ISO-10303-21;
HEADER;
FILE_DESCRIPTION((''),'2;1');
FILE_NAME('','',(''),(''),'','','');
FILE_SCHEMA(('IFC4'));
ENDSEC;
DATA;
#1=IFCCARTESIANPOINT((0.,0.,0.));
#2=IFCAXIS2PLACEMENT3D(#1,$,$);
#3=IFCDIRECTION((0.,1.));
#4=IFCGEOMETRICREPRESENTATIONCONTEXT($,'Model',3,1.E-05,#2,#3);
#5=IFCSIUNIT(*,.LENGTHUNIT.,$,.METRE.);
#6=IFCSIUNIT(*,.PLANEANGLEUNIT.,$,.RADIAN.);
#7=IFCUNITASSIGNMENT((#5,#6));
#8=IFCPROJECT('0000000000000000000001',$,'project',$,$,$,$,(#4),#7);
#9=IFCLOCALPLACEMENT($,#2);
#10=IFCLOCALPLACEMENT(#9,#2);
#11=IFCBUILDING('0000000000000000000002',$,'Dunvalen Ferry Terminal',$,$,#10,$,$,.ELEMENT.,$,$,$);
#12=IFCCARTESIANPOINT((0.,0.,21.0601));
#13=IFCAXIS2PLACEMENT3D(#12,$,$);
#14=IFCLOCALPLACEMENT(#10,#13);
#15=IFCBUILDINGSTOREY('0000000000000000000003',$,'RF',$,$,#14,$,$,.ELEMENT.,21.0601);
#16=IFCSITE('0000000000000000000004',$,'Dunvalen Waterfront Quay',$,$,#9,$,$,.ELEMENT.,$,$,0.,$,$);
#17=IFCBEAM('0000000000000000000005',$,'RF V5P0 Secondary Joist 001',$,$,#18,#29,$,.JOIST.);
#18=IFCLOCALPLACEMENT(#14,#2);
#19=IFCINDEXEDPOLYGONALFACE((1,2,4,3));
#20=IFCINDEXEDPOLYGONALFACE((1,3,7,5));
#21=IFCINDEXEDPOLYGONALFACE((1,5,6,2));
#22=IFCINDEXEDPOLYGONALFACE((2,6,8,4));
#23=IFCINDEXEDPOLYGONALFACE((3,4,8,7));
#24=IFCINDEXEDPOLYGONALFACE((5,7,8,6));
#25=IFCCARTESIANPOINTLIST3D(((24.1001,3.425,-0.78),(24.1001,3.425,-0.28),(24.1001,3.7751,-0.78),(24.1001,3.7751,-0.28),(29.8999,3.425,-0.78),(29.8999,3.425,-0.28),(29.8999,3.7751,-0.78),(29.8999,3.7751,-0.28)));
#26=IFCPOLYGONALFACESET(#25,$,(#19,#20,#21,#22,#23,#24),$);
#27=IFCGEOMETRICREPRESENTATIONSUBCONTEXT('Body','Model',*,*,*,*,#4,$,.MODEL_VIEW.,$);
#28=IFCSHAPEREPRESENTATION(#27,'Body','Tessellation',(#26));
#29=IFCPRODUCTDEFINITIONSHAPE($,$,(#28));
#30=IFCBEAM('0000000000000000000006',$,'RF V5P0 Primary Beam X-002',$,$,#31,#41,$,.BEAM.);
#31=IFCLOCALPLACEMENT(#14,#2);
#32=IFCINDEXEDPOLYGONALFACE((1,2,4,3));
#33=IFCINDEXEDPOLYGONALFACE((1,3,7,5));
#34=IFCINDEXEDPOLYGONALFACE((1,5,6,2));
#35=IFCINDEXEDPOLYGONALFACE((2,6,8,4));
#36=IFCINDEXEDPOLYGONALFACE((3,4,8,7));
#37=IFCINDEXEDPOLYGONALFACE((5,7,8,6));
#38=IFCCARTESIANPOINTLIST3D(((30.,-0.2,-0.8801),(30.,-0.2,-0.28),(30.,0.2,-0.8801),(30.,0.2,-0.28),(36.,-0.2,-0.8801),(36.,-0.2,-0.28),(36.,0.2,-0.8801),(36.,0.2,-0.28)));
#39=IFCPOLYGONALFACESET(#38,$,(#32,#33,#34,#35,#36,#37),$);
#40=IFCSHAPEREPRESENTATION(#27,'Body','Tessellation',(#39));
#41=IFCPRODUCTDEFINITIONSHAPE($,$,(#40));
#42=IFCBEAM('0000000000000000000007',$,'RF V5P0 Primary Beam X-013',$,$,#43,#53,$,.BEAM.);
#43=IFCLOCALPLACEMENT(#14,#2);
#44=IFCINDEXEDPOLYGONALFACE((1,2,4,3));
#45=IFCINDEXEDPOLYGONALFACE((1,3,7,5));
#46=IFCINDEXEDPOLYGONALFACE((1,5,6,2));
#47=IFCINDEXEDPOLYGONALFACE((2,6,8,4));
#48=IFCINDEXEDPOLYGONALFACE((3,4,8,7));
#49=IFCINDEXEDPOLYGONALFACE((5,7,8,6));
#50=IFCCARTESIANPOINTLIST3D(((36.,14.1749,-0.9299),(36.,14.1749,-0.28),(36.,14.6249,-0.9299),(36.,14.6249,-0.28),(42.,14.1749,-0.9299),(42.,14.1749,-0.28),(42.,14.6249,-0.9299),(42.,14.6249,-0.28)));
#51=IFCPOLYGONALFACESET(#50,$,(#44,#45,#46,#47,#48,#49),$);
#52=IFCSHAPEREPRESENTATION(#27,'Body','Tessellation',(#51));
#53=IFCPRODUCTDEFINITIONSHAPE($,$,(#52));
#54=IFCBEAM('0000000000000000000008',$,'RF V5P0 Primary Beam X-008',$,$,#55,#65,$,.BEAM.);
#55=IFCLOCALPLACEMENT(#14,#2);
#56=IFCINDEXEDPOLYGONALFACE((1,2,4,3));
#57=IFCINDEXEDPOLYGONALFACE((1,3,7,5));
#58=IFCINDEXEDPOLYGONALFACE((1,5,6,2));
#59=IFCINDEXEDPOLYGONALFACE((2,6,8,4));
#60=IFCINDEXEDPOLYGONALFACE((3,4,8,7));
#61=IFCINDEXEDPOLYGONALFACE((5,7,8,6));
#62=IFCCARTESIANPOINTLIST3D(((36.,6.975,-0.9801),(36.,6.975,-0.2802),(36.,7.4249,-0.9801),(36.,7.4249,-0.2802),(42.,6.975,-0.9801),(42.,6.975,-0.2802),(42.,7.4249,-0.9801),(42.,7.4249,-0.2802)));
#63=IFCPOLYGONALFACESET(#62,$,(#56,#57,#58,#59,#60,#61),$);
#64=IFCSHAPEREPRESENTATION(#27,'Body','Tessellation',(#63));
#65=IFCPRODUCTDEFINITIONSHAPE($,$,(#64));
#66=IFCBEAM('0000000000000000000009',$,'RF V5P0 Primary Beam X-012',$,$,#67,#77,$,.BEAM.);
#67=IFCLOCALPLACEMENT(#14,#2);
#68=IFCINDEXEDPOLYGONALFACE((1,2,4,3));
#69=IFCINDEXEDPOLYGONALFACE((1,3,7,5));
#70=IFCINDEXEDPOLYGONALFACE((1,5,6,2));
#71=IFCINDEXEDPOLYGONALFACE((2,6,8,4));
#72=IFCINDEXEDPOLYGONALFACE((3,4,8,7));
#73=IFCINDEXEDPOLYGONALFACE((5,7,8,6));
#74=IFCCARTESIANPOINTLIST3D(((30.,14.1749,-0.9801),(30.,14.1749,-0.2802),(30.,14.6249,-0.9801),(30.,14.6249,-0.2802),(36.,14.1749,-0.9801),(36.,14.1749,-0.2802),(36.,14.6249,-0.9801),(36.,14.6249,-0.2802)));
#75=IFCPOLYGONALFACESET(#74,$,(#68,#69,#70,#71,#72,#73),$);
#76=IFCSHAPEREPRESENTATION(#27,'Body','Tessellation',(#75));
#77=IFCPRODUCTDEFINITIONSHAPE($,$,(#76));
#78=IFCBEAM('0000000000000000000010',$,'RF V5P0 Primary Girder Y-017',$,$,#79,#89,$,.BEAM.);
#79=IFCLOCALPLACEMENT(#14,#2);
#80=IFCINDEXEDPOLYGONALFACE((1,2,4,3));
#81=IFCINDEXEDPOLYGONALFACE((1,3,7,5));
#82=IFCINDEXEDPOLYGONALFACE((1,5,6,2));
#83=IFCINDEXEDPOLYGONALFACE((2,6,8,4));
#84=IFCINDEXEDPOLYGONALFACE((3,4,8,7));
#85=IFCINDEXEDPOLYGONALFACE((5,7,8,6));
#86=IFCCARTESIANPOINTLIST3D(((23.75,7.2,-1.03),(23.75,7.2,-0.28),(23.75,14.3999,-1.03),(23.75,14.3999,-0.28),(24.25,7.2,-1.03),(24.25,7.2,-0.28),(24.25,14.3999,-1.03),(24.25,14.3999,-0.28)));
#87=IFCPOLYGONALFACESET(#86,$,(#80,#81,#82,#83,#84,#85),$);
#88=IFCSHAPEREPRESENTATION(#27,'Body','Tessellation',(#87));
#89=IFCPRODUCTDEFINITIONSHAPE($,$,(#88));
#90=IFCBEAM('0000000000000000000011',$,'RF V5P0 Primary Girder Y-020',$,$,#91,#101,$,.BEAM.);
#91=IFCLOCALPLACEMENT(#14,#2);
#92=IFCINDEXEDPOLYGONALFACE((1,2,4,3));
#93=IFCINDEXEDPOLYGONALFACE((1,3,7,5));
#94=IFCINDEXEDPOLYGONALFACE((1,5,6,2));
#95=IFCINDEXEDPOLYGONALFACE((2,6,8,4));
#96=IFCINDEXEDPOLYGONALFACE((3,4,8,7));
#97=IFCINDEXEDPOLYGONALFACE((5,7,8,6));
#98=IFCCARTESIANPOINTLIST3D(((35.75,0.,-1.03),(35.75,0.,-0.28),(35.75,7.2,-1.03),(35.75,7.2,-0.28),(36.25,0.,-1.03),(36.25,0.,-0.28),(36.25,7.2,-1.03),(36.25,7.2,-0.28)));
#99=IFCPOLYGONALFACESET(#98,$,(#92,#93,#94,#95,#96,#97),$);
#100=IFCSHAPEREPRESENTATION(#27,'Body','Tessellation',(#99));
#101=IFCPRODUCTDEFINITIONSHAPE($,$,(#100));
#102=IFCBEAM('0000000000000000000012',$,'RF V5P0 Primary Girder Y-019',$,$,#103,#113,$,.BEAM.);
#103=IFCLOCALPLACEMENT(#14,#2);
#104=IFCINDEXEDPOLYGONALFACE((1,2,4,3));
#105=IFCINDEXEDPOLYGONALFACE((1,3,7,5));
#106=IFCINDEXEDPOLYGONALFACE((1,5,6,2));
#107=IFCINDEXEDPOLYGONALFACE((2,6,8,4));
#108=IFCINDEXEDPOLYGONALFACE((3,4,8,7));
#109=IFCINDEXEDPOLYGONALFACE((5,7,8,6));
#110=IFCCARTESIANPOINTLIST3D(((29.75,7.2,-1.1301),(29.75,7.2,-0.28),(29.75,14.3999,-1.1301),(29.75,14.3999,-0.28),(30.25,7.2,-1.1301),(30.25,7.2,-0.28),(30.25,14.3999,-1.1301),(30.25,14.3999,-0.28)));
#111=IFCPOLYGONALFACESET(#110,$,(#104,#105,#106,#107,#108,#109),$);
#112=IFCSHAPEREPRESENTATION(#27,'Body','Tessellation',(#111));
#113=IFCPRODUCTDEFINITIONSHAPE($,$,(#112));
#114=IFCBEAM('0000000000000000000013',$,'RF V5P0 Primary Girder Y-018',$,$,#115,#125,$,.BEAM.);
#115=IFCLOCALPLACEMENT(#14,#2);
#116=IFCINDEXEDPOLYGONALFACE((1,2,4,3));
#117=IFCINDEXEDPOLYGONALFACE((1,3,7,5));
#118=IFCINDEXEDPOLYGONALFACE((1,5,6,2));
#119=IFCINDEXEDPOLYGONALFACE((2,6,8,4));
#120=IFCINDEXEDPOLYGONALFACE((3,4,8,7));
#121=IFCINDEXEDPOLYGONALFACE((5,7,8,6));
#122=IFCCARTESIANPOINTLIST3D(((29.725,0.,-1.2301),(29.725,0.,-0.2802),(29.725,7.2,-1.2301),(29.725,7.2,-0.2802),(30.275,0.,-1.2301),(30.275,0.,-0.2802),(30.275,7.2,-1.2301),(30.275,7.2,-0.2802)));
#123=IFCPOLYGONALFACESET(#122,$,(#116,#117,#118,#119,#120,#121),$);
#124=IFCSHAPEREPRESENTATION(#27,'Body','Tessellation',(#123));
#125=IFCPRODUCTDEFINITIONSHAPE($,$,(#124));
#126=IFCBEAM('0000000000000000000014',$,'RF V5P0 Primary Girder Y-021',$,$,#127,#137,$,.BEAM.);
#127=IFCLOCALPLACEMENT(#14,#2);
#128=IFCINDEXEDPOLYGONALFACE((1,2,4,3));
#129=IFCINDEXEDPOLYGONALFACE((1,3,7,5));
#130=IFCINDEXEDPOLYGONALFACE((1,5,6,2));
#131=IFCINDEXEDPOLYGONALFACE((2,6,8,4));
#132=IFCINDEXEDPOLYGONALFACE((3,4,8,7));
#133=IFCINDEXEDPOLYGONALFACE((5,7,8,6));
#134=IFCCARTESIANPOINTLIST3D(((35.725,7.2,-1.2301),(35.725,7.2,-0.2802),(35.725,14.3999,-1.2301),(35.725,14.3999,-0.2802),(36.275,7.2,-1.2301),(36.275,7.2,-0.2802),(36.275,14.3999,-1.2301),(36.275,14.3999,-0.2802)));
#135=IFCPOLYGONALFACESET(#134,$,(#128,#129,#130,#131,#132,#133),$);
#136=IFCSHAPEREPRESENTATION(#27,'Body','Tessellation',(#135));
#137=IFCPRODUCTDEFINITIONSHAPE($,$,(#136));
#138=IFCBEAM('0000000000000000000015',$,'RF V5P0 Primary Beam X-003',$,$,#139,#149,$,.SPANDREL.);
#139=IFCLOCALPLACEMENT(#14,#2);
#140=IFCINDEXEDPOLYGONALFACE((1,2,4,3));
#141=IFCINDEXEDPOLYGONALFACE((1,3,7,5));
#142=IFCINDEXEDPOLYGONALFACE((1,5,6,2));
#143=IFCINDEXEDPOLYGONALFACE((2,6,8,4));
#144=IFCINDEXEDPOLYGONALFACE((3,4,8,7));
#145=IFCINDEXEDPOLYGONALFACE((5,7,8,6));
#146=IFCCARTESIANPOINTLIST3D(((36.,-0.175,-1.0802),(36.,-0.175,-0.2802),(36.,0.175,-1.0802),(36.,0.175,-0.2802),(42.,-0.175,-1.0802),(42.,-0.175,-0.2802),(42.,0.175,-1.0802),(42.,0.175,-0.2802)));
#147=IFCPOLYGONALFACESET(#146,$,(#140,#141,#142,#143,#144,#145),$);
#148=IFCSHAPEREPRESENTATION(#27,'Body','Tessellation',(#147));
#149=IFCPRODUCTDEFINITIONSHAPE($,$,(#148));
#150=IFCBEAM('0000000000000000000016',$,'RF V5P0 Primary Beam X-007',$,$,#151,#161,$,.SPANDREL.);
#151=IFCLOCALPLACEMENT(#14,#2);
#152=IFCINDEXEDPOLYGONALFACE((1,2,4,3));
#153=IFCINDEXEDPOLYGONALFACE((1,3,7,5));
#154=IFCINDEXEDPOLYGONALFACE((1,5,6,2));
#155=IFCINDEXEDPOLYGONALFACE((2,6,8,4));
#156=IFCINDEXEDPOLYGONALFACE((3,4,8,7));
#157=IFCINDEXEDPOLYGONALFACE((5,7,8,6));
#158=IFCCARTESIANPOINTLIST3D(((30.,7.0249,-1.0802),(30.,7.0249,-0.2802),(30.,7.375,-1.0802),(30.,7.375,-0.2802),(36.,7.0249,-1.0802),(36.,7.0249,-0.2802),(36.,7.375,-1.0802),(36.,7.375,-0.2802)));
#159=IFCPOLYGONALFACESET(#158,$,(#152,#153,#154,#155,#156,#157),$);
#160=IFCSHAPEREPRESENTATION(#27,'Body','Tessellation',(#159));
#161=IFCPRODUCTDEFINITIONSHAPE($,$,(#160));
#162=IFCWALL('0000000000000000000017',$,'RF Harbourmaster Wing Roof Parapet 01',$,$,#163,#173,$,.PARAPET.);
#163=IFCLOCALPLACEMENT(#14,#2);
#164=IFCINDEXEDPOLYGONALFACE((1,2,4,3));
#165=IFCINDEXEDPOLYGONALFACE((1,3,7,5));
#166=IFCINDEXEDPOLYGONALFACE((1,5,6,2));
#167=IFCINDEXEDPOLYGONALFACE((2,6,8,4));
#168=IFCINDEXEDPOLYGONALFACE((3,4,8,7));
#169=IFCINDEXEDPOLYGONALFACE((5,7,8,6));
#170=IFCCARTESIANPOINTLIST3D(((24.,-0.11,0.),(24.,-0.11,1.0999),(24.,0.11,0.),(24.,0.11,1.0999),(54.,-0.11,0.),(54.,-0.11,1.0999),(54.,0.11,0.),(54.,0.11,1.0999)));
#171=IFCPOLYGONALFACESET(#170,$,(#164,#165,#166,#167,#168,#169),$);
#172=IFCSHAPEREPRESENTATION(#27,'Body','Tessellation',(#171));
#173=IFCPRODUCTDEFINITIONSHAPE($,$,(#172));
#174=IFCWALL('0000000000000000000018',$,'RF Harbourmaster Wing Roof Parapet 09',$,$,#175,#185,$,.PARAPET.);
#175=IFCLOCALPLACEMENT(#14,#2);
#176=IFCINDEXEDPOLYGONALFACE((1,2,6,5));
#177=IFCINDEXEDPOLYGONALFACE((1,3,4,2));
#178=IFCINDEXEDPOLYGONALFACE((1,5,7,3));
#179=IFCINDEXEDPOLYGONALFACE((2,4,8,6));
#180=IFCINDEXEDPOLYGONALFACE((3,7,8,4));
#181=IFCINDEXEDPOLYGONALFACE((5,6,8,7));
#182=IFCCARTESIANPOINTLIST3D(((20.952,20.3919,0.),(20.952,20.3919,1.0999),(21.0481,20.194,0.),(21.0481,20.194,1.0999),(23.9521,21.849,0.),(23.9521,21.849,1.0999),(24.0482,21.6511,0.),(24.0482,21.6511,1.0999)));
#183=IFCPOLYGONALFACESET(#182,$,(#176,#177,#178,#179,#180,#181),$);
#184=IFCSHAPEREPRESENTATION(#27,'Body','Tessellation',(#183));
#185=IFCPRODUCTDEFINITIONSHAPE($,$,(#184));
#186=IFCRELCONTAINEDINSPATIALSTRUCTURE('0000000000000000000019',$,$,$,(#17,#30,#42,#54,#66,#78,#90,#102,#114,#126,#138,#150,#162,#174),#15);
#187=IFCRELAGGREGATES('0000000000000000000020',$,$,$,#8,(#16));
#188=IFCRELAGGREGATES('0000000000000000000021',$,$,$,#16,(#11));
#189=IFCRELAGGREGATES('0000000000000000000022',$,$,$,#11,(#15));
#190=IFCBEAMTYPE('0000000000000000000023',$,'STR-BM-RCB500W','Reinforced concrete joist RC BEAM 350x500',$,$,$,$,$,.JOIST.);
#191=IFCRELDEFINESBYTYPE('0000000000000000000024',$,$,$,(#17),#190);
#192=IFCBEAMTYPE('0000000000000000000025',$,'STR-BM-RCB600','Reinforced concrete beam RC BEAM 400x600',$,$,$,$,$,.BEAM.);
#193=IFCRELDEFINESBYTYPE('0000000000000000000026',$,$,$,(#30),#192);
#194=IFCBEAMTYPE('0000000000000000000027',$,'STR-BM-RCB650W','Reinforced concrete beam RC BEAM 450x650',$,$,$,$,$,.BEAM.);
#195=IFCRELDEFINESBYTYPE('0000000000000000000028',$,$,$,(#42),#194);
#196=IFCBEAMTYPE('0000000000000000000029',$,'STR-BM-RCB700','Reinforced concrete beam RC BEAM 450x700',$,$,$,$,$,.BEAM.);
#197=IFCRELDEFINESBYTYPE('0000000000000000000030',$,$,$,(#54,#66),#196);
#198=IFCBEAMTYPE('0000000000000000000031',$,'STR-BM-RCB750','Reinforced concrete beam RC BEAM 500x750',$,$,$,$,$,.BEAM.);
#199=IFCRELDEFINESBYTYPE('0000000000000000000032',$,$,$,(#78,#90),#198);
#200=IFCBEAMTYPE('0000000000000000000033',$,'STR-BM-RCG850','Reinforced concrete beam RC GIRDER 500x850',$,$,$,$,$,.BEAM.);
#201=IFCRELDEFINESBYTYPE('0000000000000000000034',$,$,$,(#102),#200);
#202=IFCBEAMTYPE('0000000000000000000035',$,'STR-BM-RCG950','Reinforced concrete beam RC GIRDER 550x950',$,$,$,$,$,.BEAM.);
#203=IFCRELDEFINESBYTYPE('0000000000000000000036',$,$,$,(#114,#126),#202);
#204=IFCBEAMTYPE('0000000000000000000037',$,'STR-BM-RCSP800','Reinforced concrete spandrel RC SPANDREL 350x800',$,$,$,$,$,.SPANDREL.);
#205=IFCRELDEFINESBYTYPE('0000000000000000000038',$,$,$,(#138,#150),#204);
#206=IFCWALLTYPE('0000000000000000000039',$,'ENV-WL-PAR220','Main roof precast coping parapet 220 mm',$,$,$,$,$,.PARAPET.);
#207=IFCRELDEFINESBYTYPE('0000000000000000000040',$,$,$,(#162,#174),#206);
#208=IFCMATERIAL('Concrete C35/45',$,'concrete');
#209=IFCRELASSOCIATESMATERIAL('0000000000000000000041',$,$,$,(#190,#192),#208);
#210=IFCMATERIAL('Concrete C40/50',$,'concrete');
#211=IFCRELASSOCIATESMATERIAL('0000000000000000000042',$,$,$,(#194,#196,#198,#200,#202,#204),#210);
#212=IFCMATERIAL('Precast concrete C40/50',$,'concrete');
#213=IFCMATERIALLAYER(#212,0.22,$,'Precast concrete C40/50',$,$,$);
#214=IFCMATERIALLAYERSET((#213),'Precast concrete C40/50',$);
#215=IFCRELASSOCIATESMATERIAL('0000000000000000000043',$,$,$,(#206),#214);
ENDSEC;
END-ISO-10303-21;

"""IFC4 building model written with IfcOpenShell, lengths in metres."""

from ifc_helpers import new_model, si_unit, direction, frame, frame_2d, origin, origin_2d, place, context, subcontext, project, spatial, rectangle, extrude, material, layer, layer_set, material_profile, profile_set, type_object, element, save


model = new_model("IFC4")

# Units and contexts
model_context = context("Model", 3, precision=1e-05, world=origin(), true_north=direction((0.0, 1.0)))
body_context = subcontext(model_context, "Body", "Model", "MODEL_VIEW")
ifc_project = project(units=[si_unit("LENGTHUNIT", "METRE"), si_unit("PLANEANGLEUNIT", "RADIAN")], contexts=[model_context])

# Site, building, storey
site_placement = place(None, origin())
site = spatial("IfcSite", under=ifc_project, at=site_placement, Name="Dunvalen Waterfront Quay", CompositionType="ELEMENT", RefElevation=0.0)
building_placement = place(site_placement, origin())
building = spatial("IfcBuilding", under=site, at=building_placement, Name="Dunvalen Ferry Terminal", CompositionType="ELEMENT")
storey_placement = place(building_placement, frame((0.0, 0.0, 21.0601)))
storey = spatial("IfcBuildingStorey", under=building, at=storey_placement, Name="RF", CompositionType="ELEMENT", Elevation=21.0601)

# Beams
ifc_material_1 = material(Name="Concrete C35/45", Category="concrete")
ifc_material_profile_1 = material_profile(ifc_material_1, rectangle(XDim=0.3501, YDim=0.5, at=origin_2d()), Name="Concrete C35/45")
ifc_profile_set_1 = profile_set([ifc_material_profile_1], Name="Concrete C35/45")
beam_type_1 = type_object("IfcBeamType", Name="STR-BM-RCB500W", Description="Reinforced concrete joist RC BEAM 350x500", PredefinedType="JOIST", material=ifc_profile_set_1)
beam_1_placement = place(storey_placement, frame((24.1001, 3.6001, -0.53), z_axis=(1.0, 0.0, 0.0), x_axis=(0.0, 1.0, 0.0)))
element("IfcBeam", 1, at=beam_1_placement, inside=storey, type_object=beam_type_1, Name="RF V5P0 Secondary Joist 001", PredefinedType="JOIST", context=body_context, shape_type="SweptSolid", body=[
    extrude(rectangle(XDim=0.3501, YDim=0.5, at=origin_2d()), origin(), (0.0, 0.0, 1.0), 5.7998),
])
ifc_material_profile_2 = material_profile(ifc_material_1, rectangle(XDim=0.3999, YDim=0.6001, at=origin_2d()), Name="Concrete C35/45")
ifc_profile_set_2 = profile_set([ifc_material_profile_2], Name="Concrete C35/45")
beam_type_2 = type_object("IfcBeamType", Name="STR-BM-RCB600", Description="Reinforced concrete beam RC BEAM 400x600", PredefinedType="BEAM", material=ifc_profile_set_2)
beam_2_placement = place(storey_placement, frame((30.0, 0.0, -0.5801), z_axis=(1.0, 0.0, 0.0), x_axis=(0.0, 1.0, 0.0)))
element("IfcBeam", 2, at=beam_2_placement, inside=storey, type_object=beam_type_2, Name="RF V5P0 Primary Beam X-002", PredefinedType="BEAM", context=body_context, shape_type="SweptSolid", body=[
    extrude(rectangle(XDim=0.3999, YDim=0.6001, at=origin_2d()), origin(), (0.0, 0.0, 1.0), 6.0),
])
ifc_material_2 = material(Name="Concrete C40/50", Category="concrete")
ifc_material_profile_3 = material_profile(ifc_material_2, rectangle(XDim=0.45, YDim=0.6499, at=origin_2d()), Name="Concrete C40/50")
ifc_profile_set_3 = profile_set([ifc_material_profile_3], Name="Concrete C40/50")
beam_type_3 = type_object("IfcBeamType", Name="STR-BM-RCB650W", Description="Reinforced concrete beam RC BEAM 450x650", PredefinedType="BEAM", material=ifc_profile_set_3)
beam_3_placement = place(storey_placement, frame((36.0, 14.3999, -0.605), z_axis=(1.0, 0.0, 0.0), x_axis=(0.0, 1.0, 0.0)))
element("IfcBeam", 3, at=beam_3_placement, inside=storey, type_object=beam_type_3, Name="RF V5P0 Primary Beam X-013", PredefinedType="BEAM", context=body_context, shape_type="SweptSolid", body=[
    extrude(rectangle(XDim=0.45, YDim=0.6499, at=origin_2d()), origin(), (0.0, 0.0, 1.0), 6.0),
])
ifc_material_profile_4 = material_profile(ifc_material_2, rectangle(XDim=0.45, YDim=0.7, at=origin_2d()), Name="Concrete C40/50")
ifc_profile_set_4 = profile_set([ifc_material_profile_4], Name="Concrete C40/50")
beam_type_4 = type_object("IfcBeamType", Name="STR-BM-RCB700", Description="Reinforced concrete beam RC BEAM 450x700", PredefinedType="BEAM", material=ifc_profile_set_4)
for number, where, z_axis, x_axis, name in (
    (4, (36.0, 7.2, -0.6301), (1.0, 0.0, 0.0), (0.0, 1.0, 0.0), "RF V5P0 Primary Beam X-008"),
    (5, (30.0, 14.3999, -0.6301), (1.0, 0.0, 0.0), (0.0, 1.0, 0.0), "RF V5P0 Primary Beam X-012"),
):
    element("IfcBeam", number, at=place(storey_placement, frame(where, z_axis=z_axis, x_axis=x_axis)), inside=storey, type_object=beam_type_4, Name=name, PredefinedType="BEAM", context=body_context, shape_type="SweptSolid", body=[
        extrude(rectangle(XDim=0.45, YDim=0.7, at=origin_2d()), origin(), (0.0, 0.0, 1.0), 6.0),
    ])
ifc_material_profile_5 = material_profile(ifc_material_2, rectangle(XDim=0.5, YDim=0.75, at=origin_2d()), Name="Concrete C40/50")
ifc_profile_set_5 = profile_set([ifc_material_profile_5], Name="Concrete C40/50")
beam_type_5 = type_object("IfcBeamType", Name="STR-BM-RCB750", Description="Reinforced concrete beam RC BEAM 500x750", PredefinedType="BEAM", material=ifc_profile_set_5)
for number, where, z_axis, x_axis, name in (
    (6, (24.0, 7.2, -0.655), (0.0, 1.0, 0.0), (-1.0, 0.0, 0.0), "RF V5P0 Primary Girder Y-017"),
    (7, (36.0, 0.0, -0.655), (0.0, 1.0, 0.0), (-1.0, 0.0, 0.0), "RF V5P0 Primary Girder Y-020"),
):
    element("IfcBeam", number, at=place(storey_placement, frame(where, z_axis=z_axis, x_axis=x_axis)), inside=storey, type_object=beam_type_5, Name=name, PredefinedType="BEAM", context=body_context, shape_type="SweptSolid", body=[
        extrude(rectangle(XDim=0.5, YDim=0.75, at=origin_2d()), origin(), (0.0, 0.0, 1.0), 7.2),
    ])
ifc_material_profile_6 = material_profile(ifc_material_2, rectangle(XDim=0.5, YDim=0.8501, at=origin_2d()), Name="Concrete C40/50")
ifc_profile_set_6 = profile_set([ifc_material_profile_6], Name="Concrete C40/50")
beam_type_6 = type_object("IfcBeamType", Name="STR-BM-RCG850", Description="Reinforced concrete beam RC GIRDER 500x850", PredefinedType="BEAM", material=ifc_profile_set_6)
beam_4_placement = place(storey_placement, frame((30.0, 7.2, -0.7051), z_axis=(0.0, 1.0, 0.0), x_axis=(-1.0, 0.0, 0.0)))
element("IfcBeam", 8, at=beam_4_placement, inside=storey, type_object=beam_type_6, Name="RF V5P0 Primary Girder Y-019", PredefinedType="BEAM", context=body_context, shape_type="SweptSolid", body=[
    extrude(rectangle(XDim=0.5, YDim=0.8501, at=origin_2d()), origin(), (0.0, 0.0, 1.0), 7.2),
])
ifc_material_profile_7 = material_profile(ifc_material_2, rectangle(XDim=0.55, YDim=0.95, at=origin_2d()), Name="Concrete C40/50")
ifc_profile_set_7 = profile_set([ifc_material_profile_7], Name="Concrete C40/50")
beam_type_7 = type_object("IfcBeamType", Name="STR-BM-RCG950", Description="Reinforced concrete beam RC GIRDER 550x950", PredefinedType="BEAM", material=ifc_profile_set_7)
for number, where, z_axis, x_axis, name in (
    (9, (30.0, 0.0, -0.7551), (0.0, 1.0, 0.0), (-1.0, 0.0, 0.0), "RF V5P0 Primary Girder Y-018"),
    (10, (36.0, 7.2, -0.7551), (0.0, 1.0, 0.0), (-1.0, 0.0, 0.0), "RF V5P0 Primary Girder Y-021"),
):
    element("IfcBeam", number, at=place(storey_placement, frame(where, z_axis=z_axis, x_axis=x_axis)), inside=storey, type_object=beam_type_7, Name=name, PredefinedType="BEAM", context=body_context, shape_type="SweptSolid", body=[
        extrude(rectangle(XDim=0.55, YDim=0.95, at=origin_2d()), origin(), (0.0, 0.0, 1.0), 7.2),
    ])
ifc_material_profile_8 = material_profile(ifc_material_2, rectangle(XDim=0.3501, YDim=0.8, at=origin_2d()), Name="Concrete C40/50")
ifc_profile_set_8 = profile_set([ifc_material_profile_8], Name="Concrete C40/50")
beam_type_8 = type_object("IfcBeamType", Name="STR-BM-RCSP800", Description="Reinforced concrete spandrel RC SPANDREL 350x800", PredefinedType="SPANDREL", material=ifc_profile_set_8)
for number, where, z_axis, x_axis, name in (
    (11, (36.0, 0.0, -0.6802), (1.0, 0.0, 0.0), (0.0, 1.0, 0.0), "RF V5P0 Primary Beam X-003"),
    (12, (30.0, 7.2, -0.6802), (1.0, 0.0, 0.0), (0.0, 1.0, 0.0), "RF V5P0 Primary Beam X-007"),
):
    element("IfcBeam", number, at=place(storey_placement, frame(where, z_axis=z_axis, x_axis=x_axis)), inside=storey, type_object=beam_type_8, Name=name, PredefinedType="SPANDREL", context=body_context, shape_type="SweptSolid", body=[
        extrude(rectangle(XDim=0.3501, YDim=0.8, at=origin_2d()), origin(), (0.0, 0.0, 1.0), 6.0),
    ])

# Walls
ifc_material_3 = material(Name="Precast concrete C40/50", Category="concrete")
ifc_layer = layer(ifc_material_3, 0.22, Name="Precast concrete C40/50")
ifc_layer_set = layer_set([ifc_layer], Name="Precast concrete C40/50")
wall_type = type_object("IfcWallType", Name="ENV-WL-PAR220", Description="Main roof precast coping parapet 220 mm", PredefinedType="PARAPET", material=ifc_layer_set)
wall_1_placement = place(storey_placement, frame((24.0, 0.0, 0.0), z_axis=(0.0, 0.0, 1.0), x_axis=(1.0, 0.0, 0.0)))
element("IfcWall", 13, at=wall_1_placement, inside=storey, type_object=wall_type, Name="RF Harbourmaster Wing Roof Parapet 01", PredefinedType="PARAPET", context=body_context, shape_type="SweptSolid", body=[
    extrude(rectangle(XDim=30.0, YDim=0.22, at=frame_2d((15.0, 0.0))), origin(), (0.0, 0.0, 1.0), 1.0999),
])
wall_2_placement = place(storey_placement, frame((24.0, 21.75, 0.0), z_axis=(0.0, 0.0, 1.0), x_axis=(-0.899521, -0.436877, 0.0)))
element("IfcWall", 14, at=wall_2_placement, inside=storey, type_object=wall_type, Name="RF Harbourmaster Wing Roof Parapet 09", PredefinedType="PARAPET", context=body_context, shape_type="SweptSolid", body=[
    extrude(rectangle(XDim=3.3352, YDim=0.22, at=frame_2d((1.6675, 0.0))), origin(), (0.0, 0.0, 1.0), 1.0999),
])

save(model, "model.ifc")
